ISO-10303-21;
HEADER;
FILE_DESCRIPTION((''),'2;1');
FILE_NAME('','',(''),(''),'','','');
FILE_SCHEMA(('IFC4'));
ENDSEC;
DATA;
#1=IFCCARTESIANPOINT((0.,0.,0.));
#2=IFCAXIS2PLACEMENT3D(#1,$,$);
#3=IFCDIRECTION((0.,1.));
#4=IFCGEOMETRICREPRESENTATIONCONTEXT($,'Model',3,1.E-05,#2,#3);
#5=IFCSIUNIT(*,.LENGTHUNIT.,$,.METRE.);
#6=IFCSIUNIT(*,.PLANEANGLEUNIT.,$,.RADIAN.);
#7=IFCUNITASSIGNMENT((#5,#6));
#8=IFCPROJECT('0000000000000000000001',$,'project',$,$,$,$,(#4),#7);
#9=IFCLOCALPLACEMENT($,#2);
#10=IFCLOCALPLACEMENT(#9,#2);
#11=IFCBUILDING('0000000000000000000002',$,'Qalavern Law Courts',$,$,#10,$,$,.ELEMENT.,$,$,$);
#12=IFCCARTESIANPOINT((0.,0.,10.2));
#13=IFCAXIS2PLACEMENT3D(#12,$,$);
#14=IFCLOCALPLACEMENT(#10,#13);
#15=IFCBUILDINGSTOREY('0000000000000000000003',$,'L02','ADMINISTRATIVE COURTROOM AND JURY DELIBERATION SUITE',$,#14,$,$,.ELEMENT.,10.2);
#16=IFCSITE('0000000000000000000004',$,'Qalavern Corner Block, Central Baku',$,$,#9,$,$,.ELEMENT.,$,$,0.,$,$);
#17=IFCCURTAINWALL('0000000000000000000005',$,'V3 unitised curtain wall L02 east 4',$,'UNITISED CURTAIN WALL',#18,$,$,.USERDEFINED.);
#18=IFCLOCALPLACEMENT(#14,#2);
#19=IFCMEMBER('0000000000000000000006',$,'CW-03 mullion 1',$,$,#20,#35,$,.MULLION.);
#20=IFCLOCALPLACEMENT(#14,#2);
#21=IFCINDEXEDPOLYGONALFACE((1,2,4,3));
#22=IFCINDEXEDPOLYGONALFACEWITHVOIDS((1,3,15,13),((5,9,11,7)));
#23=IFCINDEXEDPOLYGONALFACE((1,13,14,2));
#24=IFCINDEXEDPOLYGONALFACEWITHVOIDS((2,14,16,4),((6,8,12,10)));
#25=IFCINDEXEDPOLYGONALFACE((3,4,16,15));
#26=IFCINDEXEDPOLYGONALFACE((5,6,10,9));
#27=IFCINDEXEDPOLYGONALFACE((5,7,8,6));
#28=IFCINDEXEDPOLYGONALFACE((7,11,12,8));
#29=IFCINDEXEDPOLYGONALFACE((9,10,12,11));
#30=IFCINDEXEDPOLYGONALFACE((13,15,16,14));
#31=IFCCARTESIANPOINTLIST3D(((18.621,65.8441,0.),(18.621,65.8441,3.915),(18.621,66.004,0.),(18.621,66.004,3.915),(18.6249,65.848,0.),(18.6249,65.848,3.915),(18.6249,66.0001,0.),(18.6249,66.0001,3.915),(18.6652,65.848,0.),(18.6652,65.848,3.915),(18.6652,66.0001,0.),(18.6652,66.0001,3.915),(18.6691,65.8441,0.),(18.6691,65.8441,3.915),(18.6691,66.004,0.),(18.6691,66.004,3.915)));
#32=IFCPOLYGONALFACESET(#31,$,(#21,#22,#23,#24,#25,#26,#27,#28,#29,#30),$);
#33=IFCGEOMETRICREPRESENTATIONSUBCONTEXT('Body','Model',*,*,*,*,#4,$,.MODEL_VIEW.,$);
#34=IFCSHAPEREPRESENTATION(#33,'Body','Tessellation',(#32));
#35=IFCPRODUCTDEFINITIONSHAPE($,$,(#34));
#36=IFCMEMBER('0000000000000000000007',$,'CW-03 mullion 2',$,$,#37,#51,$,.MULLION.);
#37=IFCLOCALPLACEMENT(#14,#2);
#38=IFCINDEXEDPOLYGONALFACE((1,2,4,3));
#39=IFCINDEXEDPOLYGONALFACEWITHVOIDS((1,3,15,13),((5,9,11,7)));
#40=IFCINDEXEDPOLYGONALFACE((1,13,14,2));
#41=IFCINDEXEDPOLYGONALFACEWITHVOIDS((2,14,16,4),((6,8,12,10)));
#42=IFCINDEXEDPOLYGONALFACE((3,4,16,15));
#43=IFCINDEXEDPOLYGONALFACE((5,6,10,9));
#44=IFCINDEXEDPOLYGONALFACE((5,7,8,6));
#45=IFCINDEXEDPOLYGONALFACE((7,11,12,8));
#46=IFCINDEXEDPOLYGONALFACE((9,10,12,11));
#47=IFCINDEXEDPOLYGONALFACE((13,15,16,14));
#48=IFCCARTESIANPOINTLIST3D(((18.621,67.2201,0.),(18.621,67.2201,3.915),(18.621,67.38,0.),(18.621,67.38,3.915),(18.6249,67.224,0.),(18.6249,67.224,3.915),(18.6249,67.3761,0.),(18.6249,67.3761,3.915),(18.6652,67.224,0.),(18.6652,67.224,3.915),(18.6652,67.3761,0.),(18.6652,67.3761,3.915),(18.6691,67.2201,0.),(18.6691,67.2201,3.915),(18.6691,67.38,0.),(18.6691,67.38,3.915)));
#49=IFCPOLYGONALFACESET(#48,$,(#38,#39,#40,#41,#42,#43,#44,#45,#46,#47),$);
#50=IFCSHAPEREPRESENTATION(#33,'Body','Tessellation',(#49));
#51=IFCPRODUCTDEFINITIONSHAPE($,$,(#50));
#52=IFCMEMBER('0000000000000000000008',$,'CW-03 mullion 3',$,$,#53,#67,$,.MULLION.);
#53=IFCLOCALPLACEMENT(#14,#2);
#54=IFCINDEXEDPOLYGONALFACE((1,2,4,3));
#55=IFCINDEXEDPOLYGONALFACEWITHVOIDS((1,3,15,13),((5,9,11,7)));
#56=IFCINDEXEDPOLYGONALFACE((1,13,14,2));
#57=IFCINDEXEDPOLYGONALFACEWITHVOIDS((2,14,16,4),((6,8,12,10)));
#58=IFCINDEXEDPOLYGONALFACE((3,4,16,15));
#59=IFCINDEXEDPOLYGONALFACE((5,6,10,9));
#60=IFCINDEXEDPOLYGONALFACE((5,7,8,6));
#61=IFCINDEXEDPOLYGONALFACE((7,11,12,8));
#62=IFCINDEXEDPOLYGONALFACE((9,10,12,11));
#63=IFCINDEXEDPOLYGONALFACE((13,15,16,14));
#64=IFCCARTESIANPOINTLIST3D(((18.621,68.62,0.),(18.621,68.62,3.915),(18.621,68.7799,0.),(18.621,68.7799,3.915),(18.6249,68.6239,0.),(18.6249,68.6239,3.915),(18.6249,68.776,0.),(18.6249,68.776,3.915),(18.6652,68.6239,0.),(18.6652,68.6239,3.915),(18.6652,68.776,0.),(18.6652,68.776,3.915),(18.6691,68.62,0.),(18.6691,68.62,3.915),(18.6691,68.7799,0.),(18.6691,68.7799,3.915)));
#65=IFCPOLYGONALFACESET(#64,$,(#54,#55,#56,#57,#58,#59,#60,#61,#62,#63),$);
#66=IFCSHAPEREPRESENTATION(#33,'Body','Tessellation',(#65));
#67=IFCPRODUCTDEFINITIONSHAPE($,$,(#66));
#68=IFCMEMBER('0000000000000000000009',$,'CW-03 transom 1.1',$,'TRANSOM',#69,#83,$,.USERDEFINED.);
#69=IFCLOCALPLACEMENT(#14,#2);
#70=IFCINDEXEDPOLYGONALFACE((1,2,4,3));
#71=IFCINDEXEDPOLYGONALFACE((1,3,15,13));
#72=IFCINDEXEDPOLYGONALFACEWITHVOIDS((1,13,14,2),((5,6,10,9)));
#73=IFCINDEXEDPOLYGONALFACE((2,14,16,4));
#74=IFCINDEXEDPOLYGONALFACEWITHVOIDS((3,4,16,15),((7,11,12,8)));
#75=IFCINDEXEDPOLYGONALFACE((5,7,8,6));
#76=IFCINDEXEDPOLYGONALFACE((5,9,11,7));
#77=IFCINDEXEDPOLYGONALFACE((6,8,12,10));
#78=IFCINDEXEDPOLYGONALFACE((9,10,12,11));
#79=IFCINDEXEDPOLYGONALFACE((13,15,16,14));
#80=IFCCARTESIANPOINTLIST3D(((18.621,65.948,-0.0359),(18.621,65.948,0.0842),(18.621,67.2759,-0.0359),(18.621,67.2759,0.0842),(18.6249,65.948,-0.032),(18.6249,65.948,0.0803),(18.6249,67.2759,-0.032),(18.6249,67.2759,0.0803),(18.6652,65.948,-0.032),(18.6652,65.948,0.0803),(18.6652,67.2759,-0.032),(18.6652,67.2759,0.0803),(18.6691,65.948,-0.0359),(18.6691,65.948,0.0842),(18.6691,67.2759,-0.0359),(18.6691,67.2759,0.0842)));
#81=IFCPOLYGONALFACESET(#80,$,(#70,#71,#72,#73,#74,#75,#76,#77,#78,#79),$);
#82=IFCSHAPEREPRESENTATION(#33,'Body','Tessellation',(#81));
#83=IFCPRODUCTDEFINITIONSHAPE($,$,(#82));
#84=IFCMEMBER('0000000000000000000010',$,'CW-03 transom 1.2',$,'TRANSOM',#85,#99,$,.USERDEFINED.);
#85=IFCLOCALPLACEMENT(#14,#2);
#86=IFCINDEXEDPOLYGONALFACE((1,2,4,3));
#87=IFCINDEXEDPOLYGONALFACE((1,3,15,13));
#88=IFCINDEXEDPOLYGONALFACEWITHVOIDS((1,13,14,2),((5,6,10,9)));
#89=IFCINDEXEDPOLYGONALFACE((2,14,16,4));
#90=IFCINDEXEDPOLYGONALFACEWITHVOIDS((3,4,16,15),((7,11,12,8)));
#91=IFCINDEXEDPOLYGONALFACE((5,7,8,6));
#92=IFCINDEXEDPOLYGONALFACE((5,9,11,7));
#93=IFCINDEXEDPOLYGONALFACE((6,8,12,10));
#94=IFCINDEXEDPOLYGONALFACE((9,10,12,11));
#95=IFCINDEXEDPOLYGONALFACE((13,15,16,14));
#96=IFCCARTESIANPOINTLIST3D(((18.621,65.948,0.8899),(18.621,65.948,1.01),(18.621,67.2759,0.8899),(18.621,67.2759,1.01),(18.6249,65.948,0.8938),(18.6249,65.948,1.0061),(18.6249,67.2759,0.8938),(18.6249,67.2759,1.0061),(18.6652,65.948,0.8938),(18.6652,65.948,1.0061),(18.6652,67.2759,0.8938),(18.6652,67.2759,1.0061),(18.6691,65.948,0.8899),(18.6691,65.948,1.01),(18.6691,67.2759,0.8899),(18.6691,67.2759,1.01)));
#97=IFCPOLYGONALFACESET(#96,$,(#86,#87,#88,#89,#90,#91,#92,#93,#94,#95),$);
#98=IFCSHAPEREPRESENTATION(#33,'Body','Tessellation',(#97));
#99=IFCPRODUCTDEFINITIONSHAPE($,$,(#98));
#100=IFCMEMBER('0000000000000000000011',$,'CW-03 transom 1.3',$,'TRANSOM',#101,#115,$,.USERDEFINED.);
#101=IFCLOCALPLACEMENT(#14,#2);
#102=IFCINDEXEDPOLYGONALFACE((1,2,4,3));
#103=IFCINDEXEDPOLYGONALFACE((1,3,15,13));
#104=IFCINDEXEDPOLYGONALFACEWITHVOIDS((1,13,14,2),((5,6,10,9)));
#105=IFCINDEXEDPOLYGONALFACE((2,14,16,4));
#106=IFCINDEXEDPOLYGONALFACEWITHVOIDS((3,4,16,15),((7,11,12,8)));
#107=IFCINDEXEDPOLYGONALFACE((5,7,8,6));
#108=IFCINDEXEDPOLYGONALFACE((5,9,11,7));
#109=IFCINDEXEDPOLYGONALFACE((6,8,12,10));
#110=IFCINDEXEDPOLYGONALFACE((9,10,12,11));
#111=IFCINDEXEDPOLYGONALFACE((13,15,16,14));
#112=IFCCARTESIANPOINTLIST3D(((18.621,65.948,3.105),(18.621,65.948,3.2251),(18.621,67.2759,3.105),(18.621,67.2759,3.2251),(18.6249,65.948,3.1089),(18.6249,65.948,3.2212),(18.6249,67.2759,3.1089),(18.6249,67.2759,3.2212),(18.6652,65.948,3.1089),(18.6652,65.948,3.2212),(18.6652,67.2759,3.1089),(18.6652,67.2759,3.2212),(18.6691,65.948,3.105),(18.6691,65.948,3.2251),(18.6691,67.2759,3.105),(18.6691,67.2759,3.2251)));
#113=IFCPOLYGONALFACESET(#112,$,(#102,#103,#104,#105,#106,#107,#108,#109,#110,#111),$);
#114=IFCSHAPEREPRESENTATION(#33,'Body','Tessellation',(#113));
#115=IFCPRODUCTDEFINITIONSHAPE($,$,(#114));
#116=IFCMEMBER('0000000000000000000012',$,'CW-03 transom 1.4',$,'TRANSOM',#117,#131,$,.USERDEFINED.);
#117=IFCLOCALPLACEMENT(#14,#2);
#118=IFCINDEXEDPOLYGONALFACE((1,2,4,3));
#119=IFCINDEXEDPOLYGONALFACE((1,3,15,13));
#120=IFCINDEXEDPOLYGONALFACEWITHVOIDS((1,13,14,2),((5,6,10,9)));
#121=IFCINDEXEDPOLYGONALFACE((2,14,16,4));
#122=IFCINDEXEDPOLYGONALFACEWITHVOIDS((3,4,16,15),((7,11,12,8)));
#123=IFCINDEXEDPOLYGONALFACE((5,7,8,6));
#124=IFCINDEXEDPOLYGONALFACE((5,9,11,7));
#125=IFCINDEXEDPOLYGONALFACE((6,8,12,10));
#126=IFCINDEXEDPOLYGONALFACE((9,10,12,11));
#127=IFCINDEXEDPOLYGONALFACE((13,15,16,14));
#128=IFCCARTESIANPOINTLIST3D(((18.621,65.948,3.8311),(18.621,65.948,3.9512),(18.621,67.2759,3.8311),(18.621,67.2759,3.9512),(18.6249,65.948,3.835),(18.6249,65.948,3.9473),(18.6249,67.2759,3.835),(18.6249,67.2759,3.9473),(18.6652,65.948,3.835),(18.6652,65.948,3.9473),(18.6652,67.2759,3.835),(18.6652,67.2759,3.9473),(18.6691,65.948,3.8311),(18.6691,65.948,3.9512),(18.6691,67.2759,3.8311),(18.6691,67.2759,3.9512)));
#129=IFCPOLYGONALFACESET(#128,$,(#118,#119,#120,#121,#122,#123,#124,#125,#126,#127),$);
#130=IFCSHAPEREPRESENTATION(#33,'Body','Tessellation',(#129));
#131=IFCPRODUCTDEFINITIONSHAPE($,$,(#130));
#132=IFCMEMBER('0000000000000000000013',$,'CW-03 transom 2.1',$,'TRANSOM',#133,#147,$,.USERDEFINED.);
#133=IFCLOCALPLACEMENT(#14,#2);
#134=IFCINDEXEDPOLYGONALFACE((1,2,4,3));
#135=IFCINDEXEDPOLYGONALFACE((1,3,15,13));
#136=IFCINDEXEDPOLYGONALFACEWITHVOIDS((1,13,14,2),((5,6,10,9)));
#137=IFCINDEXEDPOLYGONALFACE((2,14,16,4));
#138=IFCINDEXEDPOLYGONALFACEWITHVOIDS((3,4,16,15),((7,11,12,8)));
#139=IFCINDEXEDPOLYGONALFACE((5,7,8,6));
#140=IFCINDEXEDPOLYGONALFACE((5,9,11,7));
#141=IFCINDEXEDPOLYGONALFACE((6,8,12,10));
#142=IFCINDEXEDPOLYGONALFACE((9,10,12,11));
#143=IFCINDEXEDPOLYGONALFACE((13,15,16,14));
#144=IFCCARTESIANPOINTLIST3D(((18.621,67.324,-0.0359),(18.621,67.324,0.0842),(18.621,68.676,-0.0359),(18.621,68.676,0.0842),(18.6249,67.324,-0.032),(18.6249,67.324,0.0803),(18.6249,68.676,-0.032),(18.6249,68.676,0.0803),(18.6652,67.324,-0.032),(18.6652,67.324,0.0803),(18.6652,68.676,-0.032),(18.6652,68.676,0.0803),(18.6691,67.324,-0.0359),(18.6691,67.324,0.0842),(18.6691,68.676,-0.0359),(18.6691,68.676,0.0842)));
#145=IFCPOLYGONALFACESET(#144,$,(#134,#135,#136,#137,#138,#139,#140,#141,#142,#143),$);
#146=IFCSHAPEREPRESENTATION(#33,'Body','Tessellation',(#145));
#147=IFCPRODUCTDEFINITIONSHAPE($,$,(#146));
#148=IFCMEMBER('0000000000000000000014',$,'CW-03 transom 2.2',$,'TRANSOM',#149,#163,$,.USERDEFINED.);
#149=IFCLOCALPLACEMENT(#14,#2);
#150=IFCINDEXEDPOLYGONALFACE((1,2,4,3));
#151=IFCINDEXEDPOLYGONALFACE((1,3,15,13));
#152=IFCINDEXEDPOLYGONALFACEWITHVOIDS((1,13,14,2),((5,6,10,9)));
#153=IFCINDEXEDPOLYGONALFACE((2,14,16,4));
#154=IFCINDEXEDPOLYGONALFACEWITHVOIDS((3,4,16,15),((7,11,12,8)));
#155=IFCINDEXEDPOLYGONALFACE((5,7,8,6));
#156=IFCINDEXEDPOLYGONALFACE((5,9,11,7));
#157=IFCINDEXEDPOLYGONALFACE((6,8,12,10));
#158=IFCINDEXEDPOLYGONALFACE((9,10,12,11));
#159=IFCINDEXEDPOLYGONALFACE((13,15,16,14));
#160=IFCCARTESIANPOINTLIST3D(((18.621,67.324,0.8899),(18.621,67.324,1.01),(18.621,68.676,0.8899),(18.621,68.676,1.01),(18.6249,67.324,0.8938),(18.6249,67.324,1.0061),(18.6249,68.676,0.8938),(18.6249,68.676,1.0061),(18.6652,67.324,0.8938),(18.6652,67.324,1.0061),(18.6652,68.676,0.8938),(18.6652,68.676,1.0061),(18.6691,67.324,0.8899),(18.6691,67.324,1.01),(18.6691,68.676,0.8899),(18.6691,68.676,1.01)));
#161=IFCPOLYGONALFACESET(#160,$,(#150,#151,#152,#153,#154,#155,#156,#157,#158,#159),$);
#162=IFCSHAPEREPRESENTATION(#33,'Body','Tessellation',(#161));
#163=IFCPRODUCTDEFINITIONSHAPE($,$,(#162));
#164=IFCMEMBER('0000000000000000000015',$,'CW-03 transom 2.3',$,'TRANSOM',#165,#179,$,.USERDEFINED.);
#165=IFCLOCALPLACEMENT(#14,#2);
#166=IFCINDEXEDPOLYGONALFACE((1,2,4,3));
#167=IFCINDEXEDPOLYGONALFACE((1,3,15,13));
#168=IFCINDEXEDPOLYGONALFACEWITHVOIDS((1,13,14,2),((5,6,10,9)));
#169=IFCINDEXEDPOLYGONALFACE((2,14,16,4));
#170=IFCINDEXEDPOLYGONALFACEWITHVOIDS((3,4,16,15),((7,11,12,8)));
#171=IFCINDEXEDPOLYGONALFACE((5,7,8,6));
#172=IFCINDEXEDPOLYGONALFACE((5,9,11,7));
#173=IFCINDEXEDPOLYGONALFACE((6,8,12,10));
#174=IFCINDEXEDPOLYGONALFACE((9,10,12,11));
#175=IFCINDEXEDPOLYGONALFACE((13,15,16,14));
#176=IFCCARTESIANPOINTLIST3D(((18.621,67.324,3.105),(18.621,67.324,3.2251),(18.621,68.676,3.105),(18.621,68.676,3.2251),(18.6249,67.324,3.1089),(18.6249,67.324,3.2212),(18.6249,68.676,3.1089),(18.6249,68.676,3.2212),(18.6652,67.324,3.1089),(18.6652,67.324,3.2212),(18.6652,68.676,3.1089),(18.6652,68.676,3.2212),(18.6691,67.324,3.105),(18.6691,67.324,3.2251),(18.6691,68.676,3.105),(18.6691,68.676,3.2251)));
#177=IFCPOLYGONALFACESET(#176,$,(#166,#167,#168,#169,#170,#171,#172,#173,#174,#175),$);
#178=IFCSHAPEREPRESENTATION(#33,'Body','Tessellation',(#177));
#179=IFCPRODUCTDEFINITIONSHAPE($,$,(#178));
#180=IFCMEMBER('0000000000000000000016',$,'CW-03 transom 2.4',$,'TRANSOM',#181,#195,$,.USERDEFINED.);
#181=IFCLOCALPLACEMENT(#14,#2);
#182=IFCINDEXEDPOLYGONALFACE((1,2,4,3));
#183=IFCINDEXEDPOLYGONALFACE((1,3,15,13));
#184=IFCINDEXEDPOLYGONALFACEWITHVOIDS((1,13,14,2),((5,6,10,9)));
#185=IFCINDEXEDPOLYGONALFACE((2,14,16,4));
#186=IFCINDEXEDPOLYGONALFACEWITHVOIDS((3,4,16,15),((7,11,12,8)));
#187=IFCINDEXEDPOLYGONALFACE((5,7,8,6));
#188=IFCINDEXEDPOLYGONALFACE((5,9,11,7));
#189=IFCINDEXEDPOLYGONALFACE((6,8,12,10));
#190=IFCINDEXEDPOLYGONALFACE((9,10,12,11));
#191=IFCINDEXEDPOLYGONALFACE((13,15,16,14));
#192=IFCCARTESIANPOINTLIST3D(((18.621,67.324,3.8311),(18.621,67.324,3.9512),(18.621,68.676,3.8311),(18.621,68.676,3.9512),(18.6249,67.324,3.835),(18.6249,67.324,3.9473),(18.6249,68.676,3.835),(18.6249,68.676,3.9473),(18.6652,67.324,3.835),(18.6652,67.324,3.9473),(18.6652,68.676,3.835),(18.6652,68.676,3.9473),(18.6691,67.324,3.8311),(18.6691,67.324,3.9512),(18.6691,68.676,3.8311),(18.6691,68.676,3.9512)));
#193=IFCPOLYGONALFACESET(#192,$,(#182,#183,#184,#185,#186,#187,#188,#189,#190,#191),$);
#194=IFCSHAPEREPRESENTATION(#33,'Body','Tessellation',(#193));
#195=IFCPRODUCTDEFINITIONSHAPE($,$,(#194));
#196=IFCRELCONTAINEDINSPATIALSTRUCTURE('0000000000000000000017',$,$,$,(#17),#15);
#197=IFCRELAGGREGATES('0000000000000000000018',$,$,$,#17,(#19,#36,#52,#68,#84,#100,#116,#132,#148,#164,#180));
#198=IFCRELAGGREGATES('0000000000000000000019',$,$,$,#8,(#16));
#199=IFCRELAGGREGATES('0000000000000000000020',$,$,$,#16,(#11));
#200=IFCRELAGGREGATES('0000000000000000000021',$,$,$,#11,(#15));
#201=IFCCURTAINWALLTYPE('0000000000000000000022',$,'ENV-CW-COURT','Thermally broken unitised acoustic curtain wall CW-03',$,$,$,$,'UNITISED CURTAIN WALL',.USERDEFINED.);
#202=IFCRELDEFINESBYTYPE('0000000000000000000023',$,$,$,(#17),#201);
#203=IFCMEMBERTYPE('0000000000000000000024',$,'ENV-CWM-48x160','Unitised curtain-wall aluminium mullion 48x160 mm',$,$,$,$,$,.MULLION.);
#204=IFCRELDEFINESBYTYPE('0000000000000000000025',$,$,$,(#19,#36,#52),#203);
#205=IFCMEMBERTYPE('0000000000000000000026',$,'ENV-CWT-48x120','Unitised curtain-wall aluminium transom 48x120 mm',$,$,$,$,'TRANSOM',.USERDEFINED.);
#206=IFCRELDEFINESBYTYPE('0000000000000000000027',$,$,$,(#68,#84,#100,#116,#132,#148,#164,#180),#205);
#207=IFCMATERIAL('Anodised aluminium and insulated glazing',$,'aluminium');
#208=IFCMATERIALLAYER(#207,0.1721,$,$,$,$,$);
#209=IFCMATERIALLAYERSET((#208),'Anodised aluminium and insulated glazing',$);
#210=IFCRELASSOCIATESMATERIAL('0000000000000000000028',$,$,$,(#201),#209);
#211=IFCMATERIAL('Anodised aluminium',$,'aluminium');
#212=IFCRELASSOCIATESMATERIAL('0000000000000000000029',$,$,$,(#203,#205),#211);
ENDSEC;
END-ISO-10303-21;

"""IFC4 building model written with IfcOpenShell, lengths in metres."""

from ifc_helpers import new_model, si_unit, direction, frame, origin, origin_2d, place, context, subcontext, project, spatial, hollow_rectangle, extrude, material, layer, layer_set, material_profile, profile_set, type_object, element, aggregate, save


model = new_model("IFC4")

# Units and contexts
model_context = context("Model", 3, precision=1e-05, world=origin(), true_north=direction((0.0, 1.0)))
body_context = subcontext(model_context, "Body", "Model", "MODEL_VIEW")
ifc_project = project(units=[si_unit("LENGTHUNIT", "METRE"), si_unit("PLANEANGLEUNIT", "RADIAN")], contexts=[model_context])

# Site, building, storey
site_placement = place(None, origin())
site = spatial("IfcSite", under=ifc_project, at=site_placement, Name="Qalavern Corner Block, Central Baku", CompositionType="ELEMENT", RefElevation=0.0)
building_placement = place(site_placement, origin())
building = spatial("IfcBuilding", under=site, at=building_placement, Name="Qalavern Law Courts", CompositionType="ELEMENT")
storey_placement = place(building_placement, frame((0.0, 0.0, 10.2)))
storey = spatial("IfcBuildingStorey", under=building, at=storey_placement, Name="L02", Description="ADMINISTRATIVE COURTROOM AND JURY DELIBERATION SUITE", CompositionType="ELEMENT", Elevation=10.2)

# Curtain wall, members
ifc_material_1 = material(Name="Anodised aluminium and insulated glazing", Category="aluminium")
ifc_layer_1 = layer(ifc_material_1, 0.1721)
ifc_layer_set_1 = layer_set([ifc_layer_1], Name="Anodised aluminium and insulated glazing")
curtain_wall_type = type_object("IfcCurtainWallType", Name="ENV-CW-COURT", Description="Thermally broken unitised acoustic curtain wall CW-03", ElementType="UNITISED CURTAIN WALL", PredefinedType="USERDEFINED", material=ifc_layer_set_1)
curtain_wall_placement = place(storey_placement, origin())
curtain_wall = element("IfcCurtainWall", 1, at=curtain_wall_placement, inside=storey, type_object=curtain_wall_type, Name="V3 unitised curtain wall L02 east 4", ObjectType="UNITISED CURTAIN WALL", PredefinedType="USERDEFINED")
ifc_material_2 = material(Name="Anodised aluminium", Category="aluminium")
ifc_material_profile_1 = material_profile(ifc_material_2, hollow_rectangle(XDim=0.0481, YDim=0.1599, WallThickness=0.0039, at=origin_2d()), Name="ALU MULLION 48x160")
ifc_profile_set_1 = profile_set([ifc_material_profile_1], Name="Anodised aluminium")
member_type_1 = type_object("IfcMemberType", Name="ENV-CWM-48x160", Description="Unitised curtain-wall aluminium mullion 48x160 mm", PredefinedType="MULLION", material=ifc_profile_set_1)
member_1_placement = place(storey_placement, frame((18.645, 65.9241, 0.0), z_axis=(0.0, 0.0, 1.0), x_axis=(-1.0, 0.0, 0.0)))
member_1 = element("IfcMember", 2, at=member_1_placement, type_object=member_type_1, Name="CW-03 mullion 1", PredefinedType="MULLION", context=body_context, shape_type="SweptSolid", body=[
    extrude(hollow_rectangle(XDim=0.0481, YDim=0.1599, WallThickness=0.0039, at=origin_2d()), origin(), (0.0, 0.0, 1.0), 3.915),
])
member_2_placement = place(storey_placement, frame((18.645, 67.3, 0.0), z_axis=(0.0, 0.0, 1.0), x_axis=(-1.0, 0.0, 0.0)))
member_2 = element("IfcMember", 3, at=member_2_placement, type_object=member_type_1, Name="CW-03 mullion 2", PredefinedType="MULLION", context=body_context, shape_type="SweptSolid", body=[
    extrude(hollow_rectangle(XDim=0.0481, YDim=0.1599, WallThickness=0.0039, at=origin_2d()), origin(), (0.0, 0.0, 1.0), 3.915),
])
member_3_placement = place(storey_placement, frame((18.645, 68.7, 0.0), z_axis=(0.0, 0.0, 1.0), x_axis=(-1.0, 0.0, 0.0)))
member_3 = element("IfcMember", 4, at=member_3_placement, type_object=member_type_1, Name="CW-03 mullion 3", PredefinedType="MULLION", context=body_context, shape_type="SweptSolid", body=[
    extrude(hollow_rectangle(XDim=0.0481, YDim=0.1599, WallThickness=0.0039, at=origin_2d()), origin(), (0.0, 0.0, 1.0), 3.915),
])
ifc_material_profile_2 = material_profile(ifc_material_2, hollow_rectangle(XDim=0.0481, YDim=0.1201, WallThickness=0.0039, at=origin_2d()), Name="ALU TRANSOM 48x120")
ifc_profile_set_2 = profile_set([ifc_material_profile_2], Name="Anodised aluminium")
member_type_2 = type_object("IfcMemberType", Name="ENV-CWT-48x120", Description="Unitised curtain-wall aluminium transom 48x120 mm", ElementType="TRANSOM", PredefinedType="USERDEFINED", material=ifc_profile_set_2)
member_4_placement = place(storey_placement, frame((18.645, 65.948, 0.0242), z_axis=(0.0, 1.0, 0.0), x_axis=(-1.0, 0.0, 0.0)))
member_4 = element("IfcMember", 5, at=member_4_placement, type_object=member_type_2, Name="CW-03 transom 1.1", ObjectType="TRANSOM", PredefinedType="USERDEFINED", context=body_context, shape_type="SweptSolid", body=[
    extrude(hollow_rectangle(XDim=0.0481, YDim=0.1201, WallThickness=0.0039, at=origin_2d()), origin(), (0.0, 0.0, 1.0), 1.3279),
])
member_5_placement = place(storey_placement, frame((18.645, 65.948, 0.95), z_axis=(0.0, 1.0, 0.0), x_axis=(-1.0, 0.0, 0.0)))
member_5 = element("IfcMember", 6, at=member_5_placement, type_object=member_type_2, Name="CW-03 transom 1.2", ObjectType="TRANSOM", PredefinedType="USERDEFINED", context=body_context, shape_type="SweptSolid", body=[
    extrude(hollow_rectangle(XDim=0.0481, YDim=0.1201, WallThickness=0.0039, at=origin_2d()), origin(), (0.0, 0.0, 1.0), 1.3279),
])
member_6_placement = place(storey_placement, frame((18.645, 65.948, 3.165), z_axis=(0.0, 1.0, 0.0), x_axis=(-1.0, 0.0, 0.0)))
member_6 = element("IfcMember", 7, at=member_6_placement, type_object=member_type_2, Name="CW-03 transom 1.3", ObjectType="TRANSOM", PredefinedType="USERDEFINED", context=body_context, shape_type="SweptSolid", body=[
    extrude(hollow_rectangle(XDim=0.0481, YDim=0.1201, WallThickness=0.0039, at=origin_2d()), origin(), (0.0, 0.0, 1.0), 1.3279),
])
member_7_placement = place(storey_placement, frame((18.645, 65.948, 3.8911), z_axis=(0.0, 1.0, 0.0), x_axis=(-1.0, 0.0, 0.0)))
member_7 = element("IfcMember", 8, at=member_7_placement, type_object=member_type_2, Name="CW-03 transom 1.4", ObjectType="TRANSOM", PredefinedType="USERDEFINED", context=body_context, shape_type="SweptSolid", body=[
    extrude(hollow_rectangle(XDim=0.0481, YDim=0.1201, WallThickness=0.0039, at=origin_2d()), origin(), (0.0, 0.0, 1.0), 1.3279),
])
member_8_placement = place(storey_placement, frame((18.645, 67.324, 0.0242), z_axis=(0.0, 1.0, 0.0), x_axis=(-1.0, 0.0, 0.0)))
member_8 = element("IfcMember", 9, at=member_8_placement, type_object=member_type_2, Name="CW-03 transom 2.1", ObjectType="TRANSOM", PredefinedType="USERDEFINED", context=body_context, shape_type="SweptSolid", body=[
    extrude(hollow_rectangle(XDim=0.0481, YDim=0.1201, WallThickness=0.0039, at=origin_2d()), origin(), (0.0, 0.0, 1.0), 1.3521),
])
member_9_placement = place(storey_placement, frame((18.645, 67.324, 0.95), z_axis=(0.0, 1.0, 0.0), x_axis=(-1.0, 0.0, 0.0)))
member_9 = element("IfcMember", 10, at=member_9_placement, type_object=member_type_2, Name="CW-03 transom 2.2", ObjectType="TRANSOM", PredefinedType="USERDEFINED", context=body_context, shape_type="SweptSolid", body=[
    extrude(hollow_rectangle(XDim=0.0481, YDim=0.1201, WallThickness=0.0039, at=origin_2d()), origin(), (0.0, 0.0, 1.0), 1.3521),
])
member_10_placement = place(storey_placement, frame((18.645, 67.324, 3.165), z_axis=(0.0, 1.0, 0.0), x_axis=(-1.0, 0.0, 0.0)))
member_10 = element("IfcMember", 11, at=member_10_placement, type_object=member_type_2, Name="CW-03 transom 2.3", ObjectType="TRANSOM", PredefinedType="USERDEFINED", context=body_context, shape_type="SweptSolid", body=[
    extrude(hollow_rectangle(XDim=0.0481, YDim=0.1201, WallThickness=0.0039, at=origin_2d()), origin(), (0.0, 0.0, 1.0), 1.3521),
])
member_11_placement = place(storey_placement, frame((18.645, 67.324, 3.8911), z_axis=(0.0, 1.0, 0.0), x_axis=(-1.0, 0.0, 0.0)))
member_11 = element("IfcMember", 12, at=member_11_placement, type_object=member_type_2, Name="CW-03 transom 2.4", ObjectType="TRANSOM", PredefinedType="USERDEFINED", context=body_context, shape_type="SweptSolid", body=[
    extrude(hollow_rectangle(XDim=0.0481, YDim=0.1201, WallThickness=0.0039, at=origin_2d()), origin(), (0.0, 0.0, 1.0), 1.3521),
])
aggregate(curtain_wall, [member_1, member_2, member_3, member_4, member_5, member_6, member_7, member_8, member_9, member_10, member_11])

save(model, "model.ifc")
